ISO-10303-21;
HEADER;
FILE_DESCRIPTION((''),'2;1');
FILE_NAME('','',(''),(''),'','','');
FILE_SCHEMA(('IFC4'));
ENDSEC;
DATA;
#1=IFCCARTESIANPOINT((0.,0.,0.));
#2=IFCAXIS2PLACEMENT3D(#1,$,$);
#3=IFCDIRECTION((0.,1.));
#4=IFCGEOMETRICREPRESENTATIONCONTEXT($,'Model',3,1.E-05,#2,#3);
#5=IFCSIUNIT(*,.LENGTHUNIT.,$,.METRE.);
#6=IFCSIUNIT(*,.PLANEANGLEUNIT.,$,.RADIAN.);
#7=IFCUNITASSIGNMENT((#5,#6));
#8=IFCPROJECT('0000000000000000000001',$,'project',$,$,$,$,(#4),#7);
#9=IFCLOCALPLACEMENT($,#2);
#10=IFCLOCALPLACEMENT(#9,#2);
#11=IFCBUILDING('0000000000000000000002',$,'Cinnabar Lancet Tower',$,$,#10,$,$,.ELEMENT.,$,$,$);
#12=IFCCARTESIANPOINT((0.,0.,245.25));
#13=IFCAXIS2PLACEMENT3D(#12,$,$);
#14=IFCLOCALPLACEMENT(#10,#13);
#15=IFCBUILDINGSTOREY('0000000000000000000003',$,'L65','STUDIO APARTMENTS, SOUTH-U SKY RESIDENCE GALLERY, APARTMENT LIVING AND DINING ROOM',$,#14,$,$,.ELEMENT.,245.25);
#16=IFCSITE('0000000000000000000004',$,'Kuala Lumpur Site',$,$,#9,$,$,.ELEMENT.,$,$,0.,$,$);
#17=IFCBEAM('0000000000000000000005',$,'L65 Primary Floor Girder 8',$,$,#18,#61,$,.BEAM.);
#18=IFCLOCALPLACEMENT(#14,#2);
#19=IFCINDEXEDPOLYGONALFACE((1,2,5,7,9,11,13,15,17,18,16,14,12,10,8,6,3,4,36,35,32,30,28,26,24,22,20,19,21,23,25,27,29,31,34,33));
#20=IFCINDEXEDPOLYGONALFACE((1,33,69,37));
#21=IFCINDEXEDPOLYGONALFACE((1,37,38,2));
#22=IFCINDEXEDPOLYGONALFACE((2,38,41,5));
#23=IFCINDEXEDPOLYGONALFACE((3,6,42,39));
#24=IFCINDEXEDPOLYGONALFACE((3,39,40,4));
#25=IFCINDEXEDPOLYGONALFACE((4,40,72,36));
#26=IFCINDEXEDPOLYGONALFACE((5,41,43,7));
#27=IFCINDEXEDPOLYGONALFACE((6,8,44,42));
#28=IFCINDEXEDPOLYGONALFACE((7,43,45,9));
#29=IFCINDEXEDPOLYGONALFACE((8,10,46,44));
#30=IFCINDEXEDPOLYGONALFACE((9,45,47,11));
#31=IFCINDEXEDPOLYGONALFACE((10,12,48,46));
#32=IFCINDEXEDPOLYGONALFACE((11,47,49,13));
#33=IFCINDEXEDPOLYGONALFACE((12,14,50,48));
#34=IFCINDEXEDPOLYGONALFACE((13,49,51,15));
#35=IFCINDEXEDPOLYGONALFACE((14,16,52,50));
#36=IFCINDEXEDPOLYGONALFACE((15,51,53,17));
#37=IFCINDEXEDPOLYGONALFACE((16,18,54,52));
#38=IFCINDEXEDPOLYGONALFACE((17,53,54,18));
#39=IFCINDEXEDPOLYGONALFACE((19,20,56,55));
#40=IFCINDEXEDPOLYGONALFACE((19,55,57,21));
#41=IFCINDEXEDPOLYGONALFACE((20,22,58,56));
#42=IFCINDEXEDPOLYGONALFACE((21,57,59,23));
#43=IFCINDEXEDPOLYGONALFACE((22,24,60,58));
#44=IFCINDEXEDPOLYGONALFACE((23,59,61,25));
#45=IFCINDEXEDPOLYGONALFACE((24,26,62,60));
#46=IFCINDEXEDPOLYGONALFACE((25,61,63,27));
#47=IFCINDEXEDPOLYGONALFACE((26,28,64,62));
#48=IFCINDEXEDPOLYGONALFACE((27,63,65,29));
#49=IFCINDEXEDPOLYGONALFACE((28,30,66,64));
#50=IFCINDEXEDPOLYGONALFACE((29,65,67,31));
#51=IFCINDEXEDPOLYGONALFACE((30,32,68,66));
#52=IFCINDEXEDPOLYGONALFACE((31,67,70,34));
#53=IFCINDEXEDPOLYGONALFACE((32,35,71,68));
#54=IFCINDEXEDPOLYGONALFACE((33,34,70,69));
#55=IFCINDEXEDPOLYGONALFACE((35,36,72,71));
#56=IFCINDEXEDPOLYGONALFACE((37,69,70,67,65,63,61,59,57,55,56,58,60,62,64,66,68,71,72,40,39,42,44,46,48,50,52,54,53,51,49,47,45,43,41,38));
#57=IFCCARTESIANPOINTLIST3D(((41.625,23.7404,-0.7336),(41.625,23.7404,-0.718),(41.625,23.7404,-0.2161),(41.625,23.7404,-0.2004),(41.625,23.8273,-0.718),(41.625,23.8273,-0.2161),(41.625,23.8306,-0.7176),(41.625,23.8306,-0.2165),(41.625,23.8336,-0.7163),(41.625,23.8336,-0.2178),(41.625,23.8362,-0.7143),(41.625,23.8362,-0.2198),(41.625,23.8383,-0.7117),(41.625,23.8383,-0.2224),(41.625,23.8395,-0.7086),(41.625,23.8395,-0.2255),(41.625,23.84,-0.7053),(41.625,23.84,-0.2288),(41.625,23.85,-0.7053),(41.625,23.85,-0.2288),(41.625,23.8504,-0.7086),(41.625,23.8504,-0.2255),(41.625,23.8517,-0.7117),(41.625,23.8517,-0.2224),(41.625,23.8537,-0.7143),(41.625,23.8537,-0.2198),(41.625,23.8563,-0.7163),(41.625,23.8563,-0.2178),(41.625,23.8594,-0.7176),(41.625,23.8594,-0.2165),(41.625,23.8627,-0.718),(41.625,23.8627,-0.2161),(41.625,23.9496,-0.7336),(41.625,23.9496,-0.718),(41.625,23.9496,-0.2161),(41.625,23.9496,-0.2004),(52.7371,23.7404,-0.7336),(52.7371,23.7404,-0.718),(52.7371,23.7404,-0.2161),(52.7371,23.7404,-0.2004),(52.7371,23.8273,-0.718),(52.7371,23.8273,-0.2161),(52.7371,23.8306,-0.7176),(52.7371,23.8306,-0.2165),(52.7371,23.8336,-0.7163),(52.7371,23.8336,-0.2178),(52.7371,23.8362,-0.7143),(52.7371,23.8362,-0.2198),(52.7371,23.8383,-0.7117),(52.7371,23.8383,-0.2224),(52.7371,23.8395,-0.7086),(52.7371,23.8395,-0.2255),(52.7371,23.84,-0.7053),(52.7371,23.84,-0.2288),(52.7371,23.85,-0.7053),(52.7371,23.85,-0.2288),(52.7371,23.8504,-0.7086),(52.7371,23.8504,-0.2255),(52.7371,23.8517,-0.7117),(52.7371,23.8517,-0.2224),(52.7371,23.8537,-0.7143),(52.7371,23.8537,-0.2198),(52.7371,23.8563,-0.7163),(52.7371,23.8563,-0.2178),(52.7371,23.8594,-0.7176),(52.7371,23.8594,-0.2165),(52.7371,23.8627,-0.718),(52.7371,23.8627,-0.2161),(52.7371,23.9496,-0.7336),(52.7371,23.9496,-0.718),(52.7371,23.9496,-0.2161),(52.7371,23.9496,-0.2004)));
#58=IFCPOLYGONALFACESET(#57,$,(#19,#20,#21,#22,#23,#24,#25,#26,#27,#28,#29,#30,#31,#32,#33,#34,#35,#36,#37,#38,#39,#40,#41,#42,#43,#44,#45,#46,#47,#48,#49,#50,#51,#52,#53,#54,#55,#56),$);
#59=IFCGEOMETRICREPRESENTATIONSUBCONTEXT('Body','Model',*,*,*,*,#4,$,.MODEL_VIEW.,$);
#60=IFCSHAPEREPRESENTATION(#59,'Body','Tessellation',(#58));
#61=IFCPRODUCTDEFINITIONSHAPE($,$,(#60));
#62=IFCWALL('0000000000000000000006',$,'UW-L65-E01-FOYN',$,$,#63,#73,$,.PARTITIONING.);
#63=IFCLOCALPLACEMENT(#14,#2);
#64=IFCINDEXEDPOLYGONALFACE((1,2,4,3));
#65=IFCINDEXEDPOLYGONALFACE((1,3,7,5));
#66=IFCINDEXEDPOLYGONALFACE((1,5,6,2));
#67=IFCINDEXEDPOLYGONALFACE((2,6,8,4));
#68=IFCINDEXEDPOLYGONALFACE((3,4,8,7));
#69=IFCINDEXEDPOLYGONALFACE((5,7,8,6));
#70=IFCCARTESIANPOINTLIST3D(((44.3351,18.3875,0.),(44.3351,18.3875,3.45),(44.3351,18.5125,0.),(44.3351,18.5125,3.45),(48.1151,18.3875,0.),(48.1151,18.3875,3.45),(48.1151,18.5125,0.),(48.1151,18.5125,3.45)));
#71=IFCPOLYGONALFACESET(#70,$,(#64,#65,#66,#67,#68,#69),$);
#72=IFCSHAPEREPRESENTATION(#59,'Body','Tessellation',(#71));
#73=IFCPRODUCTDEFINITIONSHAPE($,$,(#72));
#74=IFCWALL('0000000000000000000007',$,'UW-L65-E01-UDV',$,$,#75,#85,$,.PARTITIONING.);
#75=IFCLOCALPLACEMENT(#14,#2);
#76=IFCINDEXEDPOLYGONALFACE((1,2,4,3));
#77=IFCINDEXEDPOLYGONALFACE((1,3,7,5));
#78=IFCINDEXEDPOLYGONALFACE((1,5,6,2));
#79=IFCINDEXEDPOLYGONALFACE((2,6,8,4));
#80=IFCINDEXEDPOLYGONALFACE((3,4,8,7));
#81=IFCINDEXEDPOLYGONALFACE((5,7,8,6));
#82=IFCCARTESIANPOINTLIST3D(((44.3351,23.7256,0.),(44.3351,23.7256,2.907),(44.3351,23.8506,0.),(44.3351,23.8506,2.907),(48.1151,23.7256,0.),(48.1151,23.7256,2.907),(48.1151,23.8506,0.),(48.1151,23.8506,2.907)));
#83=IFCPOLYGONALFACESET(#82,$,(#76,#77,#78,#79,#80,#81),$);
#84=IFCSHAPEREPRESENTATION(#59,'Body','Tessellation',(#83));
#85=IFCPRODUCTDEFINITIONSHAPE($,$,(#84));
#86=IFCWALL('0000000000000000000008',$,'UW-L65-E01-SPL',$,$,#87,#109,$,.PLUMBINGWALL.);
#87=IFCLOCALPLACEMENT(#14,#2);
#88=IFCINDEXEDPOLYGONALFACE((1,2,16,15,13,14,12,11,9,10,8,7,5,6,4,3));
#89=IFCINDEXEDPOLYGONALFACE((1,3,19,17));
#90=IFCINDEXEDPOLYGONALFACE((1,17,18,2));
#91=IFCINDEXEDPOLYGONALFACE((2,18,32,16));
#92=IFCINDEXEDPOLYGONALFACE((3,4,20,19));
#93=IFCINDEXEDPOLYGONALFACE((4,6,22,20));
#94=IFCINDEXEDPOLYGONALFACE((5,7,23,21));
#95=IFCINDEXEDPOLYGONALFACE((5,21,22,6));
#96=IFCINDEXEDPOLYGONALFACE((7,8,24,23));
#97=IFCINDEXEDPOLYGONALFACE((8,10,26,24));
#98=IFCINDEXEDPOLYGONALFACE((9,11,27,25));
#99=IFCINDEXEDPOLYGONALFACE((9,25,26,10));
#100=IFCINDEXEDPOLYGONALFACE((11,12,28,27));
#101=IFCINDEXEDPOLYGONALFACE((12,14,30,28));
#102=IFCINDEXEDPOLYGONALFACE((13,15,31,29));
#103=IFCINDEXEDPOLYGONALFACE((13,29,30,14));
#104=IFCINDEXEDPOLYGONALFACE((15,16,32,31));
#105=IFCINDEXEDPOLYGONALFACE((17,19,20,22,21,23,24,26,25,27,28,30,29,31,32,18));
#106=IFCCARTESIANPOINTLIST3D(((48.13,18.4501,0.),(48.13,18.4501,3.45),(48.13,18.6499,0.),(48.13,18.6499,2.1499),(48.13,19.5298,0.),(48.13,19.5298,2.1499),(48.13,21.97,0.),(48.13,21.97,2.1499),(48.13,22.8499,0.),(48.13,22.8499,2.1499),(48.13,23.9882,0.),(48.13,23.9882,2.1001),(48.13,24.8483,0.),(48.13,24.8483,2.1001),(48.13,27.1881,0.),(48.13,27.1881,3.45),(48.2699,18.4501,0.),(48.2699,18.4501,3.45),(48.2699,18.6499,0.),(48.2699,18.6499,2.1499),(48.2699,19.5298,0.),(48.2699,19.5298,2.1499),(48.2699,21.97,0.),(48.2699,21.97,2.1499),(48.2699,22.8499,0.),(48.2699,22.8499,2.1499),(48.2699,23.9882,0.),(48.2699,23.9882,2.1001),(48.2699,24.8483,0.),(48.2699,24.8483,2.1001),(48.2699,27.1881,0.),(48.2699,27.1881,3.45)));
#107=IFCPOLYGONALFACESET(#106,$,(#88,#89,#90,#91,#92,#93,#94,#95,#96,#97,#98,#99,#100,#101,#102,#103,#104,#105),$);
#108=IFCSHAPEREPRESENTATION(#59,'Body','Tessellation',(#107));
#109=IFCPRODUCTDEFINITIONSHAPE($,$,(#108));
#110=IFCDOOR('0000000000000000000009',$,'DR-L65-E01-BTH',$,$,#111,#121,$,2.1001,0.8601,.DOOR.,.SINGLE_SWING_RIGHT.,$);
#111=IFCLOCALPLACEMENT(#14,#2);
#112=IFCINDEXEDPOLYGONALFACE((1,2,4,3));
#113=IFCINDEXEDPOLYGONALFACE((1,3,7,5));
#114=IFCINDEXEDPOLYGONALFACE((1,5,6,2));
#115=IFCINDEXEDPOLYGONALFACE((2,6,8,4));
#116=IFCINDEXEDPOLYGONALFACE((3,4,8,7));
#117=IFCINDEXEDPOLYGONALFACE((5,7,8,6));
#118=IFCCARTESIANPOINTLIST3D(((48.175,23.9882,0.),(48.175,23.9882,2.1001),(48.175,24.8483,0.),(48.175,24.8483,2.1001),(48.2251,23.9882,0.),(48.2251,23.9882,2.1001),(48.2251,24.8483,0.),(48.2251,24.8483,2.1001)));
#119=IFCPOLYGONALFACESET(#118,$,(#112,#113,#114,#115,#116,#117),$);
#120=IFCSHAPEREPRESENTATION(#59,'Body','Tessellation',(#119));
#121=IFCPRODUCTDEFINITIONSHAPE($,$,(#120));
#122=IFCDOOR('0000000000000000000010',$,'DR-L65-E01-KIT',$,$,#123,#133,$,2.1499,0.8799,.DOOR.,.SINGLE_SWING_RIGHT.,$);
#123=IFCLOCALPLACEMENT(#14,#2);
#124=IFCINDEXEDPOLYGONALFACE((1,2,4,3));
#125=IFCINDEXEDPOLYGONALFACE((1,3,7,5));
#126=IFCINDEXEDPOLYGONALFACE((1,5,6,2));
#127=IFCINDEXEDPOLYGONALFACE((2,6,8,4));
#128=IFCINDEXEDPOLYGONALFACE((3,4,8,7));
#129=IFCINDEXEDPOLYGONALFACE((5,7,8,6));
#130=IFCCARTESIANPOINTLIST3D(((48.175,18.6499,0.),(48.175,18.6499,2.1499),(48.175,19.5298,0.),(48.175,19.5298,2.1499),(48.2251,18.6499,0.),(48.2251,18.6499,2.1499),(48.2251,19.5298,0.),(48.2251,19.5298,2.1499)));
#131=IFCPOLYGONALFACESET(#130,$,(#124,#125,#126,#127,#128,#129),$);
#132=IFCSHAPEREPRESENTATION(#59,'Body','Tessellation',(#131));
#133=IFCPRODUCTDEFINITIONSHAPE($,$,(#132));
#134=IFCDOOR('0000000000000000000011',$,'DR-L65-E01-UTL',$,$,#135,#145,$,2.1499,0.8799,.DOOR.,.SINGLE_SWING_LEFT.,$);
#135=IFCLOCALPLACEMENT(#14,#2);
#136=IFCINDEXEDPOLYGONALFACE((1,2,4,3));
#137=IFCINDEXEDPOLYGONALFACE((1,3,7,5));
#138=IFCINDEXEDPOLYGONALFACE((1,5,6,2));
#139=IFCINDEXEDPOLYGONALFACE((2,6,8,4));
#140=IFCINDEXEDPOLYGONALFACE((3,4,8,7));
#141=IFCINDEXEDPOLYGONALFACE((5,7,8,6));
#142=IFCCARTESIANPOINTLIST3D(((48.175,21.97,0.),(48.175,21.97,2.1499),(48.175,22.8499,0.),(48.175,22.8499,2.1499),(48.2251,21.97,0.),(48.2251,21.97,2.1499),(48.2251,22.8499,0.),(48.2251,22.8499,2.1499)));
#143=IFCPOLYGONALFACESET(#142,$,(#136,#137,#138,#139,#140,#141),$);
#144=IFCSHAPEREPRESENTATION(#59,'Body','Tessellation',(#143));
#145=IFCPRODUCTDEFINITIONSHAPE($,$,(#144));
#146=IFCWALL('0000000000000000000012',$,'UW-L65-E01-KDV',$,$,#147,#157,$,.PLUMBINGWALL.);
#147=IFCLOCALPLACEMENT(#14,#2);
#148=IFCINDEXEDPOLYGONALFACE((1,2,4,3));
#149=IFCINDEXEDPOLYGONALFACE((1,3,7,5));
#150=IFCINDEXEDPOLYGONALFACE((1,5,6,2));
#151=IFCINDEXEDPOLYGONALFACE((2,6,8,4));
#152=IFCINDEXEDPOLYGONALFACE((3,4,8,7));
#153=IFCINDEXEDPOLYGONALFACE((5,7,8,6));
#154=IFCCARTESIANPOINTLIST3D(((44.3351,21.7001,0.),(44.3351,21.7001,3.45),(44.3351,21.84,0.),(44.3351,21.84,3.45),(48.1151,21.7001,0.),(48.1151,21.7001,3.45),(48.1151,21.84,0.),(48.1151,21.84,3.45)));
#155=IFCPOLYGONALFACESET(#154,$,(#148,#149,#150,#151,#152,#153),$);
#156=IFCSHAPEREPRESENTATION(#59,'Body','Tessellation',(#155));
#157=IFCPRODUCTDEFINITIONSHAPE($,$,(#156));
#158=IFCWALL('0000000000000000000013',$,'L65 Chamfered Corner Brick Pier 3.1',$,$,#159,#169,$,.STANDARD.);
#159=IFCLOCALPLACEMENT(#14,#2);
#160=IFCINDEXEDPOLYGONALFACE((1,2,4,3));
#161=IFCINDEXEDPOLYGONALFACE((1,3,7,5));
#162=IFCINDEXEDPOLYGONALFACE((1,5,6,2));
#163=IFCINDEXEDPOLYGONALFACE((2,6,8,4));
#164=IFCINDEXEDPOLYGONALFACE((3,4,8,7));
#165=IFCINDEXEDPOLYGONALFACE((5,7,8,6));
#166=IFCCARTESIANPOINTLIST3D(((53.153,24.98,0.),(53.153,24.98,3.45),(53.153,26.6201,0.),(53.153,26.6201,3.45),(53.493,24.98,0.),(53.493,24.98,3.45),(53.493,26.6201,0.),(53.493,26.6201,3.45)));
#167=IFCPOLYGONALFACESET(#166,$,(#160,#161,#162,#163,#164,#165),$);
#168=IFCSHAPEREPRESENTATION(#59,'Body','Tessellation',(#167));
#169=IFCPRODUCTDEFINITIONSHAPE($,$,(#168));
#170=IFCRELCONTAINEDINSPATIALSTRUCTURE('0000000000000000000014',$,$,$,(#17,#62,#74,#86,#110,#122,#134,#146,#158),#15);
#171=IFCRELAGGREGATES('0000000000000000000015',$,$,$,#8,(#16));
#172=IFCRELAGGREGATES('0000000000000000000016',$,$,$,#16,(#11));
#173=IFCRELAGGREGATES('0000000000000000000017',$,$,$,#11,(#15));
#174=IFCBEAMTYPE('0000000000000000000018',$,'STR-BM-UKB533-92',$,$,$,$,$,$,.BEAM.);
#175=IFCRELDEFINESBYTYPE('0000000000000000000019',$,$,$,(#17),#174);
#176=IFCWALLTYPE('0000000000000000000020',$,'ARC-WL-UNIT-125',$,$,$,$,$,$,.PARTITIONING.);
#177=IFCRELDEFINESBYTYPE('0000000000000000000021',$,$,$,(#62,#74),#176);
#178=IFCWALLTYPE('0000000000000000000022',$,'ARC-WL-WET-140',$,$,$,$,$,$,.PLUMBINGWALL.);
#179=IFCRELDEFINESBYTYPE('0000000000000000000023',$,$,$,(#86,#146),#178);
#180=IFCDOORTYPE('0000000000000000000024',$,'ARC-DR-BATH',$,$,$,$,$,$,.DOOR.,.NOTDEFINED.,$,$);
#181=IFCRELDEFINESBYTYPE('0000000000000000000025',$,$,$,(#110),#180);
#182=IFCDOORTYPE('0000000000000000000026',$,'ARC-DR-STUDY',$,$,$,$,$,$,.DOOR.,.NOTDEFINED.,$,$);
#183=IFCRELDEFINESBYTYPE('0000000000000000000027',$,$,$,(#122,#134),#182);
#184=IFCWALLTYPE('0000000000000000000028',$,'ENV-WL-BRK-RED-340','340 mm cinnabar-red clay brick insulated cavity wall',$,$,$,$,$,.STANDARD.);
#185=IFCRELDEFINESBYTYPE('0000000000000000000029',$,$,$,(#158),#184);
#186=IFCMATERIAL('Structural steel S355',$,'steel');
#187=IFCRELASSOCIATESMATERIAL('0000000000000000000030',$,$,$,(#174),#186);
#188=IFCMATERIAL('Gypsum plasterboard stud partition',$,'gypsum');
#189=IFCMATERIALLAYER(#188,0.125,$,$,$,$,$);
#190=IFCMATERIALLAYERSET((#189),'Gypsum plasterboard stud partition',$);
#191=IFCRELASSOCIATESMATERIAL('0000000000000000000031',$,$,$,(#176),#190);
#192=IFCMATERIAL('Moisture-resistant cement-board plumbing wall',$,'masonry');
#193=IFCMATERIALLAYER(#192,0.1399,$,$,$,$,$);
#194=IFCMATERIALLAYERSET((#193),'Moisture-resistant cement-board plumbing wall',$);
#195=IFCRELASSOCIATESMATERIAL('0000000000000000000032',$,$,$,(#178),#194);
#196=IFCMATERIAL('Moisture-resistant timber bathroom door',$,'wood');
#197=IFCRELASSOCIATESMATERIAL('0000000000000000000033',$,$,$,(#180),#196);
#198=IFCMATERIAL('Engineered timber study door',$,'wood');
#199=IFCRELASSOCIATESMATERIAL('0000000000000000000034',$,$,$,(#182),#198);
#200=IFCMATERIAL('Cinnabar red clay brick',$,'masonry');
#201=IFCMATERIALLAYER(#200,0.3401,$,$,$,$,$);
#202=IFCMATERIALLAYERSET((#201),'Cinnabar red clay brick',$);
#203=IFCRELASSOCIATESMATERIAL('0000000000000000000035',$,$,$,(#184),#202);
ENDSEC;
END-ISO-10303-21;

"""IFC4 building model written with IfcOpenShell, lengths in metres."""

from ifc_helpers import new_model, si_unit, direction, frame, frame_2d, origin, origin_2d, place, context, subcontext, project, spatial, rectangle, i_section, extrude, material, layer, layer_set, material_profile, profile_set, type_object, element, fill, save


model = new_model("IFC4")

# Units and contexts
model_context = context("Model", 3, precision=1e-05, world=origin(), true_north=direction((0.0, 1.0)))
body_context = subcontext(model_context, "Body", "Model", "MODEL_VIEW")
ifc_project = project(units=[si_unit("LENGTHUNIT", "METRE"), si_unit("PLANEANGLEUNIT", "RADIAN")], contexts=[model_context])

# Site, building, storey
site_placement = place(None, origin())
site = spatial("IfcSite", under=ifc_project, at=site_placement, Name="Kuala Lumpur Site", CompositionType="ELEMENT", RefElevation=0.0)
building_placement = place(site_placement, origin())
building = spatial("IfcBuilding", under=site, at=building_placement, Name="Cinnabar Lancet Tower", CompositionType="ELEMENT")
storey_placement = place(building_placement, frame((0.0, 0.0, 245.25)))
storey = spatial("IfcBuildingStorey", under=building, at=storey_placement, Name="L65", Description="STUDIO APARTMENTS, SOUTH-U SKY RESIDENCE GALLERY, APARTMENT LIVING AND DINING ROOM", CompositionType="ELEMENT", Elevation=245.25)

# Beam
ifc_material_1 = material(Name="Structural steel S355", Category="steel")
ifc_material_profile_1 = material_profile(ifc_material_1, i_section(OverallWidth=0.2092, OverallDepth=0.5332, WebThickness=0.01, FlangeThickness=0.0156, FilletRadius=0.0127, at=origin_2d()), Name="UKB 533x210x92")
ifc_profile_set_1 = profile_set([ifc_material_profile_1], Name="Structural steel S355")
beam_type_1 = type_object("IfcBeamType", Name="STR-BM-UKB533-92", PredefinedType="BEAM", material=ifc_profile_set_1)
beam_1_placement = place(storey_placement, frame((52.7371, 23.845, -0.467), z_axis=(-1.0, 0.0, 0.0), x_axis=(0.0, -1.0, 0.0)))
element("IfcBeam", 1, at=beam_1_placement, inside=storey, type_object=beam_type_1, Name="L65 Primary Floor Girder 8", PredefinedType="BEAM", context=body_context, shape_type="SweptSolid", body=[
    extrude(i_section(OverallWidth=0.2092, OverallDepth=0.5332, WebThickness=0.01, FlangeThickness=0.0156, FilletRadius=0.0127, at=origin_2d()), origin(), (0.0, 0.0, 1.0), 11.1121),
])

# Walls
ifc_material_2 = material(Name="Gypsum plasterboard stud partition", Category="gypsum")
ifc_layer_1 = layer(ifc_material_2, 0.125)
ifc_layer_set_1 = layer_set([ifc_layer_1], Name="Gypsum plasterboard stud partition")
wall_type_1 = type_object("IfcWallType", Name="ARC-WL-UNIT-125", PredefinedType="PARTITIONING", material=ifc_layer_set_1)
wall_1_placement = place(storey_placement, frame((44.335, 18.45, 0.0), z_axis=(0.0, 0.0, 1.0), x_axis=(1.0, 0.0, 0.0)))
element("IfcWall", 2, at=wall_1_placement, inside=storey, type_object=wall_type_1, Name="UW-L65-E01-FOYN", PredefinedType="PARTITIONING", context=body_context, shape_type="SweptSolid", body=[
    extrude(rectangle(XDim=3.78, YDim=0.125, at=frame_2d((1.8901, 0.0))), origin(), (0.0, 0.0, 1.0), 3.45),
])
wall_2_placement = place(storey_placement, frame((44.335, 23.7881, 0.0), z_axis=(0.0, 0.0, 1.0), x_axis=(1.0, 0.0, 0.0)))
element("IfcWall", 3, at=wall_2_placement, inside=storey, type_object=wall_type_1, Name="UW-L65-E01-UDV", PredefinedType="PARTITIONING", context=body_context, shape_type="SweptSolid", body=[
    extrude(rectangle(XDim=3.78, YDim=0.125, at=frame_2d((1.8901, 0.0))), origin(), (0.0, 0.0, 1.0), 2.907),
])

# Wall, openings, doors
ifc_material_3 = material(Name="Moisture-resistant cement-board plumbing wall", Category="masonry")
ifc_layer_2 = layer(ifc_material_3, 0.1399)
ifc_layer_set_2 = layer_set([ifc_layer_2], Name="Moisture-resistant cement-board plumbing wall")
wall_type_2 = type_object("IfcWallType", Name="ARC-WL-WET-140", PredefinedType="PLUMBINGWALL", material=ifc_layer_set_2)
wall_3_placement = place(storey_placement, frame((48.2, 18.45, 0.0), z_axis=(0.0, 0.0, 1.0), x_axis=(0.0, 1.0, 0.0)))
wall_3 = element("IfcWall", 4, at=wall_3_placement, inside=storey, type_object=wall_type_2, Name="UW-L65-E01-SPL", PredefinedType="PLUMBINGWALL", context=body_context, shape_type="SweptSolid", body=[
    extrude(rectangle(XDim=8.738, YDim=0.1399, at=frame_2d((4.3691, 0.0))), origin(), (0.0, 0.0, 1.0), 3.45),
])
opening_1_placement = place(wall_3_placement, frame((0.2, 0.0, 0.0)))
opening_1 = element("IfcOpeningElement", 5, at=opening_1_placement, cuts=wall_3, PredefinedType="OPENING", context=body_context, shape_type="SweptSolid", body=[
    extrude(rectangle(XDim=0.8799, YDim=2.1499, at=frame_2d((0.4399, 1.075))), frame((0.0, 0.0798, 0.0), z_axis=(0.0, -1.0, 0.0), x_axis=(1.0, 0.0, 0.0)), (0.0, 0.0, 1.0), 0.1599),
])
opening_2_placement = place(wall_3_placement, frame((3.52, 0.0, 0.0)))
opening_2 = element("IfcOpeningElement", 6, at=opening_2_placement, cuts=wall_3, PredefinedType="OPENING", context=body_context, shape_type="SweptSolid", body=[
    extrude(rectangle(XDim=0.8799, YDim=2.1499, at=frame_2d((0.4399, 1.075))), frame((0.0, 0.0798, 0.0), z_axis=(0.0, -1.0, 0.0), x_axis=(1.0, 0.0, 0.0)), (0.0, 0.0, 1.0), 0.1599),
])
opening_3_placement = place(wall_3_placement, frame((5.5381, 0.0, 0.0)))
opening_3 = element("IfcOpeningElement", 7, at=opening_3_placement, cuts=wall_3, PredefinedType="OPENING", context=body_context, shape_type="SweptSolid", body=[
    extrude(rectangle(XDim=0.8601, YDim=2.1001, at=frame_2d((0.4302, 1.05))), frame((0.0, 0.0798, 0.0), z_axis=(0.0, -1.0, 0.0), x_axis=(1.0, 0.0, 0.0)), (0.0, 0.0, 1.0), 0.1599),
])
ifc_material_4 = material(Name="Moisture-resistant timber bathroom door", Category="wood")
door_type_1 = type_object("IfcDoorType", Name="ARC-DR-BATH", OperationType="NOTDEFINED", PredefinedType="DOOR", material=ifc_material_4)
door_1_placement = place(opening_3_placement, origin())
door_1 = element("IfcDoor", 8, at=door_1_placement, inside=storey, type_object=door_type_1, Name="DR-L65-E01-BTH", OperationType="SINGLE_SWING_RIGHT", OverallHeight=2.1001, OverallWidth=0.8601, PredefinedType="DOOR", context=body_context, shape_type="SweptSolid", body=[
    extrude(rectangle(XDim=0.8601, YDim=2.1001, at=frame_2d((0.4302, 1.05))), frame((0.0, 0.0249, 0.0), z_axis=(0.0, -1.0, 0.0), x_axis=(1.0, 0.0, 0.0)), (0.0, 0.0, 1.0), 0.05),
])
fill(opening_3, door_1)
ifc_material_5 = material(Name="Engineered timber study door", Category="wood")
door_type_2 = type_object("IfcDoorType", Name="ARC-DR-STUDY", OperationType="NOTDEFINED", PredefinedType="DOOR", material=ifc_material_5)
door_2_placement = place(opening_1_placement, origin())
door_2 = element("IfcDoor", 9, at=door_2_placement, inside=storey, type_object=door_type_2, Name="DR-L65-E01-KIT", OperationType="SINGLE_SWING_RIGHT", OverallHeight=2.1499, OverallWidth=0.8799, PredefinedType="DOOR", context=body_context, shape_type="SweptSolid", body=[
    extrude(rectangle(XDim=0.8799, YDim=2.1499, at=frame_2d((0.4399, 1.075))), frame((0.0, 0.0249, 0.0), z_axis=(0.0, -1.0, 0.0), x_axis=(1.0, 0.0, 0.0)), (0.0, 0.0, 1.0), 0.05),
])
fill(opening_1, door_2)
door_3_placement = place(opening_2_placement, origin())
door_3 = element("IfcDoor", 10, at=door_3_placement, inside=storey, type_object=door_type_2, Name="DR-L65-E01-UTL", OperationType="SINGLE_SWING_LEFT", OverallHeight=2.1499, OverallWidth=0.8799, PredefinedType="DOOR", context=body_context, shape_type="SweptSolid", body=[
    extrude(rectangle(XDim=0.8799, YDim=2.1499, at=frame_2d((0.4399, 1.075))), frame((0.0, 0.0249, 0.0), z_axis=(0.0, -1.0, 0.0), x_axis=(1.0, 0.0, 0.0)), (0.0, 0.0, 1.0), 0.05),
])
fill(opening_2, door_3)

# Walls
wall_4_placement = place(storey_placement, frame((44.335, 21.77, 0.0), z_axis=(0.0, 0.0, 1.0), x_axis=(1.0, 0.0, 0.0)))
element("IfcWall", 11, at=wall_4_placement, inside=storey, type_object=wall_type_2, Name="UW-L65-E01-KDV", PredefinedType="PLUMBINGWALL", context=body_context, shape_type="SweptSolid", body=[
    extrude(rectangle(XDim=3.78, YDim=0.1399, at=frame_2d((1.8901, 0.0))), origin(), (0.0, 0.0, 1.0), 3.45),
])
ifc_material_6 = material(Name="Cinnabar red clay brick", Category="masonry")
ifc_layer_3 = layer(ifc_material_6, 0.3401)
ifc_layer_set_3 = layer_set([ifc_layer_3], Name="Cinnabar red clay brick")
wall_type_3 = type_object("IfcWallType", Name="ENV-WL-BRK-RED-340", Description="340 mm cinnabar-red clay brick insulated cavity wall", PredefinedType="STANDARD", material=ifc_layer_set_3)
wall_5_placement = place(storey_placement, frame((53.323, 24.98, 0.0), z_axis=(0.0, 0.0, 1.0), x_axis=(0.0, 1.0, 0.0)))
element("IfcWall", 12, at=wall_5_placement, inside=storey, type_object=wall_type_3, Name="L65 Chamfered Corner Brick Pier 3.1", PredefinedType="STANDARD", context=body_context, shape_type="SweptSolid", body=[
    extrude(rectangle(XDim=1.6401, YDim=0.3401, at=frame_2d((0.8201, 0.0))), origin(), (0.0, 0.0, 1.0), 3.45),
])

save(model, "model.ifc")
